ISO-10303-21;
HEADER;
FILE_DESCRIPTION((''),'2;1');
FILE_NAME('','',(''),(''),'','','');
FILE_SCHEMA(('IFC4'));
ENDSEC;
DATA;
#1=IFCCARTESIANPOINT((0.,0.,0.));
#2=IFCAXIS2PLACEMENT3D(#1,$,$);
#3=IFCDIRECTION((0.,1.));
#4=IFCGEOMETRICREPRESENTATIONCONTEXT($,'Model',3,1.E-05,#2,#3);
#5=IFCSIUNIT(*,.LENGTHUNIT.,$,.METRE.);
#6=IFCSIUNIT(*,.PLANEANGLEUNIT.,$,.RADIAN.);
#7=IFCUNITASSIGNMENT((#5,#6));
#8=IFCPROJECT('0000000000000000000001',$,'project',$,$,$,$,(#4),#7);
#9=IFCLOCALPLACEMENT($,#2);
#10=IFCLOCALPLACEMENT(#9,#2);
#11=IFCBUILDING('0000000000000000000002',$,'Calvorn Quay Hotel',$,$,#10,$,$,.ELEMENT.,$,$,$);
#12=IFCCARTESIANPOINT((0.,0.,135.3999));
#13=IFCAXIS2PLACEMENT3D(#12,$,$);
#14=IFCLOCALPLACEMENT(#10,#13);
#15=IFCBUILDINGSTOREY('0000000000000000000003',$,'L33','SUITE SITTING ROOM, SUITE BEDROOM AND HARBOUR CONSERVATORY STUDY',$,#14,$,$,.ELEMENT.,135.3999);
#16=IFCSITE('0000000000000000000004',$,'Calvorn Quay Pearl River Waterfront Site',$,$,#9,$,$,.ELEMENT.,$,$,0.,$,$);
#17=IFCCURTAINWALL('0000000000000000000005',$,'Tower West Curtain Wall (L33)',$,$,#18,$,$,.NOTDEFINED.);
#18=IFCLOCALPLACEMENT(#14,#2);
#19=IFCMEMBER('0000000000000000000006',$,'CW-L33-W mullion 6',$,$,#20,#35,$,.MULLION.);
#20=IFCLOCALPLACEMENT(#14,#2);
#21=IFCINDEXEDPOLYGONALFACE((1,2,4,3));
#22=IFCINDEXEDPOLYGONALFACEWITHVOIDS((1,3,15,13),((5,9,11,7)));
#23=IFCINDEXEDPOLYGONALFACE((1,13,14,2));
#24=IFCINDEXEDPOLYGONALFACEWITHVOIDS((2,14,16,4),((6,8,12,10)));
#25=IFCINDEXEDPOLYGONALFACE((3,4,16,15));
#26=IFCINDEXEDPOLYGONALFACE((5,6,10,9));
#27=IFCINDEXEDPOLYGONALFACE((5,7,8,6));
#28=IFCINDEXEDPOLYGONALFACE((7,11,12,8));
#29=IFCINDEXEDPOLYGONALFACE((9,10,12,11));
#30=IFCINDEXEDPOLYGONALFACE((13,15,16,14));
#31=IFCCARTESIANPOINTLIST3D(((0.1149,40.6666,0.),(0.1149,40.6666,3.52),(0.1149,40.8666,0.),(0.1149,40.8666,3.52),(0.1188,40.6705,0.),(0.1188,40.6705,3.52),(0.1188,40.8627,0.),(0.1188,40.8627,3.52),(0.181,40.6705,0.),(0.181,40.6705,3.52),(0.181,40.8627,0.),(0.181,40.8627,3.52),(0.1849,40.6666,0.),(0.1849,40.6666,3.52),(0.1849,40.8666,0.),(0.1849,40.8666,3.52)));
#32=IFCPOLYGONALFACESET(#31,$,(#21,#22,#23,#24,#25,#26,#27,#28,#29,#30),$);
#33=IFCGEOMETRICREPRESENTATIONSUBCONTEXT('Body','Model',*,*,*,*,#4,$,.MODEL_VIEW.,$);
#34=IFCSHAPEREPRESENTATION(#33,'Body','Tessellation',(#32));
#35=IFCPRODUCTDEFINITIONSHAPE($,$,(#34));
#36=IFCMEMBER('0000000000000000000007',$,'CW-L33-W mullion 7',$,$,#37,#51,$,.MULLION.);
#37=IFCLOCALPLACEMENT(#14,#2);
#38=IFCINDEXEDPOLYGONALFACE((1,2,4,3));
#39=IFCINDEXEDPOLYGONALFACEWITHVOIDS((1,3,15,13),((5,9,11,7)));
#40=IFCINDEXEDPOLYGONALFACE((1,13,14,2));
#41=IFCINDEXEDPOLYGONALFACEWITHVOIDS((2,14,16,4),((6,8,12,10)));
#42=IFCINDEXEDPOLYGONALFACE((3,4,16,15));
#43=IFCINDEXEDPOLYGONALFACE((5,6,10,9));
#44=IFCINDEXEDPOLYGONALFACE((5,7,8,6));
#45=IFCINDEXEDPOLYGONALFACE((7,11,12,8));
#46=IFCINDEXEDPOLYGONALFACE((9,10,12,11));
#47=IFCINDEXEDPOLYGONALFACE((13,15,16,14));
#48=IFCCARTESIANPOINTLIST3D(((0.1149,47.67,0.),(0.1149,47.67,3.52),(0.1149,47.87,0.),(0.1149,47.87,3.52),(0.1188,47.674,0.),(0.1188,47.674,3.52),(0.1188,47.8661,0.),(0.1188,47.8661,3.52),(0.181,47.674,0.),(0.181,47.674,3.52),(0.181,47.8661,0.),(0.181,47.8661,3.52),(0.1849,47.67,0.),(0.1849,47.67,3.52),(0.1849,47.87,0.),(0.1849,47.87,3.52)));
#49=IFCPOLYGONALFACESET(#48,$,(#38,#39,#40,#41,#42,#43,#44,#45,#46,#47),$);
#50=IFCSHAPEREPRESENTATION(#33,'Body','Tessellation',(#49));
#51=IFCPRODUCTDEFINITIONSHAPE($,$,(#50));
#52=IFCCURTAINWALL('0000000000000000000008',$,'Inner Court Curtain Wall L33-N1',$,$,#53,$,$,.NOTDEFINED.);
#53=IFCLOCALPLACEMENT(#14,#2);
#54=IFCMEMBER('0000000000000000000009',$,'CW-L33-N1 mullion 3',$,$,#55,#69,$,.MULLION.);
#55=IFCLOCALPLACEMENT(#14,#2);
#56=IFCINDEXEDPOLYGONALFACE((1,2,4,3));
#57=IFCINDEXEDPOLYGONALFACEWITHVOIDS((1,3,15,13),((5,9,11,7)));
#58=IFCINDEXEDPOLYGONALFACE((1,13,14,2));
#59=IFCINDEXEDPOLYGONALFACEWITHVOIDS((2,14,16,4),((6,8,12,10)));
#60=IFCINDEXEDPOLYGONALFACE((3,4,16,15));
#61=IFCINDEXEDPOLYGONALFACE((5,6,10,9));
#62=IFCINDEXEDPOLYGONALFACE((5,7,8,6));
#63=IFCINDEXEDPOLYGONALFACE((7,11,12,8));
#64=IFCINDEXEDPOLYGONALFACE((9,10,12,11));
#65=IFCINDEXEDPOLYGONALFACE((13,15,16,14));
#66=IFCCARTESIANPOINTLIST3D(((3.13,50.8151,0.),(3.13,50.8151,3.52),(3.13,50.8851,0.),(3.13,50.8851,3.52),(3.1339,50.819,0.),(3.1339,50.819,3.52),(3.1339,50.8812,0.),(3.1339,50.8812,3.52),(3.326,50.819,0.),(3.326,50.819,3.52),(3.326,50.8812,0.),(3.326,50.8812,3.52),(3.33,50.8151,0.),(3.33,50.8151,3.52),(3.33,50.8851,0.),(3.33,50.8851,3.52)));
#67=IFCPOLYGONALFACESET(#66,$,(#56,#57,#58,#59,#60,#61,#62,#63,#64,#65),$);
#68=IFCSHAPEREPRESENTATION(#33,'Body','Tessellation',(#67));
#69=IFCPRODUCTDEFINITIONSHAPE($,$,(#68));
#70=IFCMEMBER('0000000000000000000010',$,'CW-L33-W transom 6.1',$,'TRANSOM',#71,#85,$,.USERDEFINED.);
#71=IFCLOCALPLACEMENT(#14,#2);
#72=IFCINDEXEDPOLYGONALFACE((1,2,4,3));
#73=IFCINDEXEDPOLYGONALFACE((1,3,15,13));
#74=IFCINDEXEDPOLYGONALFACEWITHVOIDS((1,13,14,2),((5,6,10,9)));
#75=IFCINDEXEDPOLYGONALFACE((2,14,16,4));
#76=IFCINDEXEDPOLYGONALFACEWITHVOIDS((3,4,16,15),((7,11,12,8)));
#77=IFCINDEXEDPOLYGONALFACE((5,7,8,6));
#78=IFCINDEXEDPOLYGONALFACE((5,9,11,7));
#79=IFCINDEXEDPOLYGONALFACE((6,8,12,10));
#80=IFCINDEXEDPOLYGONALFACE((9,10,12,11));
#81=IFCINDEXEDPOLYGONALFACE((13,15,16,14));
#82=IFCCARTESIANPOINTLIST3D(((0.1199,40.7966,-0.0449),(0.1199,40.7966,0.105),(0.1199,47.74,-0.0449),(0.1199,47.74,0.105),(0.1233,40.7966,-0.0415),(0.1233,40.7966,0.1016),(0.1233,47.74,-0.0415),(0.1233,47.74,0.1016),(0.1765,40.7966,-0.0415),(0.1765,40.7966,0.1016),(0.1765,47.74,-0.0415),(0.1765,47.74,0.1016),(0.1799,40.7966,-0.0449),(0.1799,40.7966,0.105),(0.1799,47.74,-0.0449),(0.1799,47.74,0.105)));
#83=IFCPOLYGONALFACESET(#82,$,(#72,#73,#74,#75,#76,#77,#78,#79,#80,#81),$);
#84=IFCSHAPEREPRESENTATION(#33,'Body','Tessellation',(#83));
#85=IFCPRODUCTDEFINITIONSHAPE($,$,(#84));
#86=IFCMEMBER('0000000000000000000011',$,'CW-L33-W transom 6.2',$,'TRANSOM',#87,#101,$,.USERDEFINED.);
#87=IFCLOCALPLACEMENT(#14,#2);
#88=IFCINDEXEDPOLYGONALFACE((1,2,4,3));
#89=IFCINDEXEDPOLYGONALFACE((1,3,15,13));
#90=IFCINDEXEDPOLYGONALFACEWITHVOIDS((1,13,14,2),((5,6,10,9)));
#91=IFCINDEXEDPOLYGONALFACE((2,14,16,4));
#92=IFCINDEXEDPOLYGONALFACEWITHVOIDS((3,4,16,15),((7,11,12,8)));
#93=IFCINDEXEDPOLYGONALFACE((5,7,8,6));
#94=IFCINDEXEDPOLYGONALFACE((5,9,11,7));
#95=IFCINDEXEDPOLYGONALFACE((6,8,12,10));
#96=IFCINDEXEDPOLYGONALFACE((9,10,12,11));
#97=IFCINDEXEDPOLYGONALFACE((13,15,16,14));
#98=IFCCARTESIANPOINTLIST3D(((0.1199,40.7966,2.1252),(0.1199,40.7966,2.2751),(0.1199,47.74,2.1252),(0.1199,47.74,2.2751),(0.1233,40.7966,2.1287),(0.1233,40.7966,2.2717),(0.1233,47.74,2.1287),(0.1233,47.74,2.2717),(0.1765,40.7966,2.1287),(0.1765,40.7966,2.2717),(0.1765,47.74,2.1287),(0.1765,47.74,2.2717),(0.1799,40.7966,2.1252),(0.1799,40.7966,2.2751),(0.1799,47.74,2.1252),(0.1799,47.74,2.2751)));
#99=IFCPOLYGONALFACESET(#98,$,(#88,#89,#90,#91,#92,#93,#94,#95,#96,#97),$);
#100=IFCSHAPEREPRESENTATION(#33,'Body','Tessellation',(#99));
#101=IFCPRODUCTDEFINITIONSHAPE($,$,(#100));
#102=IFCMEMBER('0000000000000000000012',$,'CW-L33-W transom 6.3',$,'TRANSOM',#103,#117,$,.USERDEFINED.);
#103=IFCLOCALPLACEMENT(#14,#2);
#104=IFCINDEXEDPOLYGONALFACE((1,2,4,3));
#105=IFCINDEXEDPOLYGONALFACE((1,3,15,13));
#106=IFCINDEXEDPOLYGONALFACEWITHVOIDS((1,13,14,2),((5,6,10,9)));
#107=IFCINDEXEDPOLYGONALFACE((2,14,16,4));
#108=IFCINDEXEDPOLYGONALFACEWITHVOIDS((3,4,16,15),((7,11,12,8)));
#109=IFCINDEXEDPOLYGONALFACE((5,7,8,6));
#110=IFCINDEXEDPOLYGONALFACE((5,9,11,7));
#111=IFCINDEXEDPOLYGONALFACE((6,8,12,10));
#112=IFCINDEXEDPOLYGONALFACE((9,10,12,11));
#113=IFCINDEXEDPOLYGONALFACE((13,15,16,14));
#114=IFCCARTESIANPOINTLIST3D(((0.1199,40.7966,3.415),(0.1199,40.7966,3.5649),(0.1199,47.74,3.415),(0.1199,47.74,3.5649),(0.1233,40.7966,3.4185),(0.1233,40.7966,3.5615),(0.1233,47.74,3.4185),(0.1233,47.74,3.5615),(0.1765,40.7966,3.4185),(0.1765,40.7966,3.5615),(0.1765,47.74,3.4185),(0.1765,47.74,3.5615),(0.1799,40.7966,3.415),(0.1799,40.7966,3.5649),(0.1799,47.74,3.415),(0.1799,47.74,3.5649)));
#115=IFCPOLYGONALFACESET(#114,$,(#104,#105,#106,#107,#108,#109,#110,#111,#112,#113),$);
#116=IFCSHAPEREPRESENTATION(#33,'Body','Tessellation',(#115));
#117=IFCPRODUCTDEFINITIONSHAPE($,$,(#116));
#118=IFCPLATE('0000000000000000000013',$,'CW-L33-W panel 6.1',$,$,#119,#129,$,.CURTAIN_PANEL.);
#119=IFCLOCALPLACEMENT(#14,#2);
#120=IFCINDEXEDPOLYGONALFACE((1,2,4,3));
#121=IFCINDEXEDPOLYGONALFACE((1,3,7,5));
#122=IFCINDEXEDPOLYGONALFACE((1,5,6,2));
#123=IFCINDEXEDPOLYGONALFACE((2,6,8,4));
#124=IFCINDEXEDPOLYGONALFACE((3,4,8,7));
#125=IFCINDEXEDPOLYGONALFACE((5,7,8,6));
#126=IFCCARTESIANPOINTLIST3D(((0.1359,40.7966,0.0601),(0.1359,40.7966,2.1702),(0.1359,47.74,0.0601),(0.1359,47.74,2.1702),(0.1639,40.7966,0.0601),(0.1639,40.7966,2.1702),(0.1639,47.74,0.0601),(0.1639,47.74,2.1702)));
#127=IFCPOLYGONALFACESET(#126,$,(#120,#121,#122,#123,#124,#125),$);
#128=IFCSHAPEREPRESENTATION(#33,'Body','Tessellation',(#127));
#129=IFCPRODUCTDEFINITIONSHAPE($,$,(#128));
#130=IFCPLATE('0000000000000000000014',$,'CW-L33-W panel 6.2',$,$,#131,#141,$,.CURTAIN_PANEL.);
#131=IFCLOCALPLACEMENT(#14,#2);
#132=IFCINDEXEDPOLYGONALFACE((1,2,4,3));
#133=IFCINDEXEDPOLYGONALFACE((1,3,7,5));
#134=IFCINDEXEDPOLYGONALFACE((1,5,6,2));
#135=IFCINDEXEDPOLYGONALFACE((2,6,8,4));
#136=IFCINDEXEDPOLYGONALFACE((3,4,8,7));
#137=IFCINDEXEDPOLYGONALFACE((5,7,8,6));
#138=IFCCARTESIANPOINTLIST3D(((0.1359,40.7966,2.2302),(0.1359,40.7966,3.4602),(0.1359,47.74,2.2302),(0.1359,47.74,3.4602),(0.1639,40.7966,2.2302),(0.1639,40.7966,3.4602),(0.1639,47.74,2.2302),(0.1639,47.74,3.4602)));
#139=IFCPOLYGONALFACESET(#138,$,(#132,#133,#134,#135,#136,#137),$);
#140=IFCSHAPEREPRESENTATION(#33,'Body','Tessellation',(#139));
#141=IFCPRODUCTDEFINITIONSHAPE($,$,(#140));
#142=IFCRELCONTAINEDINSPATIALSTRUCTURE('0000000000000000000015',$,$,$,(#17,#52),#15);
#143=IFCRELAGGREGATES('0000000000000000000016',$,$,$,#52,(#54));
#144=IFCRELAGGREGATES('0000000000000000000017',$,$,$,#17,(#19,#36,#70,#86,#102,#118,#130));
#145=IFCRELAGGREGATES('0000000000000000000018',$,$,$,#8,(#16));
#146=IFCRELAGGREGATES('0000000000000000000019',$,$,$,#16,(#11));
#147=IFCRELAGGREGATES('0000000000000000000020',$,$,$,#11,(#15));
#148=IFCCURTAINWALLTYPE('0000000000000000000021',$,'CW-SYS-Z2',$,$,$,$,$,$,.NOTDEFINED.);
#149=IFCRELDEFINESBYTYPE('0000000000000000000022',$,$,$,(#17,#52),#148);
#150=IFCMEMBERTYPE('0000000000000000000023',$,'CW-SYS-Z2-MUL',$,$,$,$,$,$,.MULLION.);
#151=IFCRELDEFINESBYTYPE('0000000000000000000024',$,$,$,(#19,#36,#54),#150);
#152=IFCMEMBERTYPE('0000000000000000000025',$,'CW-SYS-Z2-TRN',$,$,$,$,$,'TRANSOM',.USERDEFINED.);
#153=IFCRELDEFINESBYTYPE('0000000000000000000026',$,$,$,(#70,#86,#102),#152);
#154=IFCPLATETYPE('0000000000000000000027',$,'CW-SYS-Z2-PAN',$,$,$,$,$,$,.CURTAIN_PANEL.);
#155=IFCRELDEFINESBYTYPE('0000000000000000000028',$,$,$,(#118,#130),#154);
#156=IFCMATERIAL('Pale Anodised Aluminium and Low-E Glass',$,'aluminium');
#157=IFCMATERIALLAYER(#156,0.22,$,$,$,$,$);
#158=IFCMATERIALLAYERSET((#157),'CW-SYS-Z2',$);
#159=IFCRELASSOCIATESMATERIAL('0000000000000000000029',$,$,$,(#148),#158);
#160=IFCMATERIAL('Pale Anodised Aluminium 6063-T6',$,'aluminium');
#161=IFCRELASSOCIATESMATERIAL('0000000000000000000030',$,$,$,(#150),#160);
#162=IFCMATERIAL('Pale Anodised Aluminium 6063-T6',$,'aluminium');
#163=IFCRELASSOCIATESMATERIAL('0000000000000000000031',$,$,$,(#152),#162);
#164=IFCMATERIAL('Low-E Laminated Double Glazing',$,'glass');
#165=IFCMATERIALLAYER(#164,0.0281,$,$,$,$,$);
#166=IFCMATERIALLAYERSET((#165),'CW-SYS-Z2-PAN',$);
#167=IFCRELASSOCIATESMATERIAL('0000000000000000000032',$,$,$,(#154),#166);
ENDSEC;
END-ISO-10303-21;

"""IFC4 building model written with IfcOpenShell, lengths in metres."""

from ifc_helpers import new_model, si_unit, direction, frame, origin, origin_2d, place, context, subcontext, project, spatial, rectangle, hollow_rectangle, extrude, material, layer, layer_set, material_profile, profile_set, type_object, element, aggregate, save


model = new_model("IFC4")

# Units and contexts
model_context = context("Model", 3, precision=1e-05, world=origin(), true_north=direction((0.0, 1.0)))
body_context = subcontext(model_context, "Body", "Model", "MODEL_VIEW")
ifc_project = project(units=[si_unit("LENGTHUNIT", "METRE"), si_unit("PLANEANGLEUNIT", "RADIAN")], contexts=[model_context])

# Site, building, storey
site_placement = place(None, origin())
site = spatial("IfcSite", under=ifc_project, at=site_placement, Name="Calvorn Quay Pearl River Waterfront Site", CompositionType="ELEMENT", RefElevation=0.0)
building_placement = place(site_placement, origin())
building = spatial("IfcBuilding", under=site, at=building_placement, Name="Calvorn Quay Hotel", CompositionType="ELEMENT")
storey_placement = place(building_placement, frame((0.0, 0.0, 135.3999)))
storey = spatial("IfcBuildingStorey", under=building, at=storey_placement, Name="L33", Description="SUITE SITTING ROOM, SUITE BEDROOM AND HARBOUR CONSERVATORY STUDY", CompositionType="ELEMENT", Elevation=135.3999)

# Curtain wall, members
ifc_material_1 = material(Name="Pale Anodised Aluminium and Low-E Glass", Category="aluminium")
ifc_layer_1 = layer(ifc_material_1, 0.22)
ifc_layer_set_1 = layer_set([ifc_layer_1], Name="CW-SYS-Z2")
curtain_wall_type = type_object("IfcCurtainWallType", Name="CW-SYS-Z2", PredefinedType="NOTDEFINED", material=ifc_layer_set_1)
curtain_wall_1_placement = place(storey_placement, origin())
curtain_wall_1 = element("IfcCurtainWall", 1, at=curtain_wall_1_placement, inside=storey, type_object=curtain_wall_type, Name="Tower West Curtain Wall (L33)", PredefinedType="NOTDEFINED")
ifc_material_2 = material(Name="Pale Anodised Aluminium 6063-T6", Category="aluminium")
ifc_material_profile_1 = material_profile(ifc_material_2, hollow_rectangle(XDim=0.0701, YDim=0.2, WallThickness=0.0039, at=origin_2d()), Name="ALU-M200x70x4")
ifc_profile_set_1 = profile_set([ifc_material_profile_1], Name="Pale Anodised Aluminium 6063-T6")
member_type_1 = type_object("IfcMemberType", Name="CW-SYS-Z2-MUL", PredefinedType="MULLION", material=ifc_profile_set_1)
member_1_placement = place(storey_placement, frame((0.1499, 40.7666, 0.0), z_axis=(0.0, 0.0, 1.0), x_axis=(-1.0, 0.0, 0.0)))
member_1 = element("IfcMember", 2, at=member_1_placement, type_object=member_type_1, Name="CW-L33-W mullion 6", PredefinedType="MULLION", context=body_context, shape_type="SweptSolid", body=[
    extrude(hollow_rectangle(XDim=0.0701, YDim=0.2, WallThickness=0.0039, at=origin_2d()), origin(), (0.0, 0.0, 1.0), 3.52),
])
member_2_placement = place(storey_placement, frame((0.1499, 47.77, 0.0), z_axis=(0.0, 0.0, 1.0), x_axis=(-1.0, 0.0, 0.0)))
member_2 = element("IfcMember", 3, at=member_2_placement, type_object=member_type_1, Name="CW-L33-W mullion 7", PredefinedType="MULLION", context=body_context, shape_type="SweptSolid", body=[
    extrude(hollow_rectangle(XDim=0.0701, YDim=0.2, WallThickness=0.0039, at=origin_2d()), origin(), (0.0, 0.0, 1.0), 3.52),
])

# Curtain wall, member
curtain_wall_2_placement = place(storey_placement, origin())
curtain_wall_2 = element("IfcCurtainWall", 4, at=curtain_wall_2_placement, inside=storey, type_object=curtain_wall_type, Name="Inner Court Curtain Wall L33-N1", PredefinedType="NOTDEFINED")
member_3_placement = place(storey_placement, frame((3.23, 50.8501, 0.0), z_axis=(0.0, 0.0, 1.0), x_axis=(0.0, -1.0, 0.0)))
member_3 = element("IfcMember", 5, at=member_3_placement, type_object=member_type_1, Name="CW-L33-N1 mullion 3", PredefinedType="MULLION", context=body_context, shape_type="SweptSolid", body=[
    extrude(hollow_rectangle(XDim=0.0701, YDim=0.2, WallThickness=0.0039, at=origin_2d()), origin(), (0.0, 0.0, 1.0), 3.52),
])
aggregate(curtain_wall_2, [member_3])

# Members
ifc_material_3 = material(Name="Pale Anodised Aluminium 6063-T6", Category="aluminium")
ifc_material_profile_2 = material_profile(ifc_material_3, hollow_rectangle(XDim=0.0601, YDim=0.1499, WallThickness=0.0034, at=origin_2d()), Name="ALU-T150x60x3.5")
ifc_profile_set_2 = profile_set([ifc_material_profile_2], Name="Pale Anodised Aluminium 6063-T6")
member_type_2 = type_object("IfcMemberType", Name="CW-SYS-Z2-TRN", ElementType="TRANSOM", PredefinedType="USERDEFINED", material=ifc_profile_set_2)
member_4_placement = place(storey_placement, frame((0.1499, 40.7966, 0.03), z_axis=(0.0, 1.0, 0.0), x_axis=(-1.0, 0.0, 0.0)))
member_4 = element("IfcMember", 6, at=member_4_placement, type_object=member_type_2, Name="CW-L33-W transom 6.1", ObjectType="TRANSOM", PredefinedType="USERDEFINED", context=body_context, shape_type="SweptSolid", body=[
    extrude(hollow_rectangle(XDim=0.0601, YDim=0.1499, WallThickness=0.0034, at=origin_2d()), origin(), (0.0, 0.0, 1.0), 6.9434),
])
member_5_placement = place(storey_placement, frame((0.1499, 40.7966, 2.2002), z_axis=(0.0, 1.0, 0.0), x_axis=(-1.0, 0.0, 0.0)))
member_5 = element("IfcMember", 7, at=member_5_placement, type_object=member_type_2, Name="CW-L33-W transom 6.2", ObjectType="TRANSOM", PredefinedType="USERDEFINED", context=body_context, shape_type="SweptSolid", body=[
    extrude(hollow_rectangle(XDim=0.0601, YDim=0.1499, WallThickness=0.0034, at=origin_2d()), origin(), (0.0, 0.0, 1.0), 6.9434),
])
member_6_placement = place(storey_placement, frame((0.1499, 40.7966, 3.49), z_axis=(0.0, 1.0, 0.0), x_axis=(-1.0, 0.0, 0.0)))
member_6 = element("IfcMember", 8, at=member_6_placement, type_object=member_type_2, Name="CW-L33-W transom 6.3", ObjectType="TRANSOM", PredefinedType="USERDEFINED", context=body_context, shape_type="SweptSolid", body=[
    extrude(hollow_rectangle(XDim=0.0601, YDim=0.1499, WallThickness=0.0034, at=origin_2d()), origin(), (0.0, 0.0, 1.0), 6.9434),
])

# Plates
ifc_material_4 = material(Name="Low-E Laminated Double Glazing", Category="glass")
ifc_layer_2 = layer(ifc_material_4, 0.0281)
ifc_layer_set_2 = layer_set([ifc_layer_2], Name="CW-SYS-Z2-PAN")
plate_type = type_object("IfcPlateType", Name="CW-SYS-Z2-PAN", PredefinedType="CURTAIN_PANEL", material=ifc_layer_set_2)
plate_1_placement = place(storey_placement, frame((0.1499, 44.2683, 0.0601), z_axis=(0.0, 0.0, 1.0), x_axis=(0.0, 1.0, 0.0)))
plate_1 = element("IfcPlate", 9, at=plate_1_placement, type_object=plate_type, Name="CW-L33-W panel 6.1", PredefinedType="CURTAIN_PANEL", context=body_context, shape_type="SweptSolid", body=[
    extrude(rectangle(XDim=6.9434, YDim=0.0281, at=origin_2d()), origin(), (0.0, 0.0, 1.0), 2.1101),
])
plate_2_placement = place(storey_placement, frame((0.1499, 44.2683, 2.2302), z_axis=(0.0, 0.0, 1.0), x_axis=(0.0, 1.0, 0.0)))
plate_2 = element("IfcPlate", 10, at=plate_2_placement, type_object=plate_type, Name="CW-L33-W panel 6.2", PredefinedType="CURTAIN_PANEL", context=body_context, shape_type="SweptSolid", body=[
    extrude(rectangle(XDim=6.9434, YDim=0.0281, at=origin_2d()), origin(), (0.0, 0.0, 1.0), 1.23),
])
aggregate(curtain_wall_1, [member_1, member_2, member_4, member_5, member_6, plate_1, plate_2])

save(model, "model.ifc")
